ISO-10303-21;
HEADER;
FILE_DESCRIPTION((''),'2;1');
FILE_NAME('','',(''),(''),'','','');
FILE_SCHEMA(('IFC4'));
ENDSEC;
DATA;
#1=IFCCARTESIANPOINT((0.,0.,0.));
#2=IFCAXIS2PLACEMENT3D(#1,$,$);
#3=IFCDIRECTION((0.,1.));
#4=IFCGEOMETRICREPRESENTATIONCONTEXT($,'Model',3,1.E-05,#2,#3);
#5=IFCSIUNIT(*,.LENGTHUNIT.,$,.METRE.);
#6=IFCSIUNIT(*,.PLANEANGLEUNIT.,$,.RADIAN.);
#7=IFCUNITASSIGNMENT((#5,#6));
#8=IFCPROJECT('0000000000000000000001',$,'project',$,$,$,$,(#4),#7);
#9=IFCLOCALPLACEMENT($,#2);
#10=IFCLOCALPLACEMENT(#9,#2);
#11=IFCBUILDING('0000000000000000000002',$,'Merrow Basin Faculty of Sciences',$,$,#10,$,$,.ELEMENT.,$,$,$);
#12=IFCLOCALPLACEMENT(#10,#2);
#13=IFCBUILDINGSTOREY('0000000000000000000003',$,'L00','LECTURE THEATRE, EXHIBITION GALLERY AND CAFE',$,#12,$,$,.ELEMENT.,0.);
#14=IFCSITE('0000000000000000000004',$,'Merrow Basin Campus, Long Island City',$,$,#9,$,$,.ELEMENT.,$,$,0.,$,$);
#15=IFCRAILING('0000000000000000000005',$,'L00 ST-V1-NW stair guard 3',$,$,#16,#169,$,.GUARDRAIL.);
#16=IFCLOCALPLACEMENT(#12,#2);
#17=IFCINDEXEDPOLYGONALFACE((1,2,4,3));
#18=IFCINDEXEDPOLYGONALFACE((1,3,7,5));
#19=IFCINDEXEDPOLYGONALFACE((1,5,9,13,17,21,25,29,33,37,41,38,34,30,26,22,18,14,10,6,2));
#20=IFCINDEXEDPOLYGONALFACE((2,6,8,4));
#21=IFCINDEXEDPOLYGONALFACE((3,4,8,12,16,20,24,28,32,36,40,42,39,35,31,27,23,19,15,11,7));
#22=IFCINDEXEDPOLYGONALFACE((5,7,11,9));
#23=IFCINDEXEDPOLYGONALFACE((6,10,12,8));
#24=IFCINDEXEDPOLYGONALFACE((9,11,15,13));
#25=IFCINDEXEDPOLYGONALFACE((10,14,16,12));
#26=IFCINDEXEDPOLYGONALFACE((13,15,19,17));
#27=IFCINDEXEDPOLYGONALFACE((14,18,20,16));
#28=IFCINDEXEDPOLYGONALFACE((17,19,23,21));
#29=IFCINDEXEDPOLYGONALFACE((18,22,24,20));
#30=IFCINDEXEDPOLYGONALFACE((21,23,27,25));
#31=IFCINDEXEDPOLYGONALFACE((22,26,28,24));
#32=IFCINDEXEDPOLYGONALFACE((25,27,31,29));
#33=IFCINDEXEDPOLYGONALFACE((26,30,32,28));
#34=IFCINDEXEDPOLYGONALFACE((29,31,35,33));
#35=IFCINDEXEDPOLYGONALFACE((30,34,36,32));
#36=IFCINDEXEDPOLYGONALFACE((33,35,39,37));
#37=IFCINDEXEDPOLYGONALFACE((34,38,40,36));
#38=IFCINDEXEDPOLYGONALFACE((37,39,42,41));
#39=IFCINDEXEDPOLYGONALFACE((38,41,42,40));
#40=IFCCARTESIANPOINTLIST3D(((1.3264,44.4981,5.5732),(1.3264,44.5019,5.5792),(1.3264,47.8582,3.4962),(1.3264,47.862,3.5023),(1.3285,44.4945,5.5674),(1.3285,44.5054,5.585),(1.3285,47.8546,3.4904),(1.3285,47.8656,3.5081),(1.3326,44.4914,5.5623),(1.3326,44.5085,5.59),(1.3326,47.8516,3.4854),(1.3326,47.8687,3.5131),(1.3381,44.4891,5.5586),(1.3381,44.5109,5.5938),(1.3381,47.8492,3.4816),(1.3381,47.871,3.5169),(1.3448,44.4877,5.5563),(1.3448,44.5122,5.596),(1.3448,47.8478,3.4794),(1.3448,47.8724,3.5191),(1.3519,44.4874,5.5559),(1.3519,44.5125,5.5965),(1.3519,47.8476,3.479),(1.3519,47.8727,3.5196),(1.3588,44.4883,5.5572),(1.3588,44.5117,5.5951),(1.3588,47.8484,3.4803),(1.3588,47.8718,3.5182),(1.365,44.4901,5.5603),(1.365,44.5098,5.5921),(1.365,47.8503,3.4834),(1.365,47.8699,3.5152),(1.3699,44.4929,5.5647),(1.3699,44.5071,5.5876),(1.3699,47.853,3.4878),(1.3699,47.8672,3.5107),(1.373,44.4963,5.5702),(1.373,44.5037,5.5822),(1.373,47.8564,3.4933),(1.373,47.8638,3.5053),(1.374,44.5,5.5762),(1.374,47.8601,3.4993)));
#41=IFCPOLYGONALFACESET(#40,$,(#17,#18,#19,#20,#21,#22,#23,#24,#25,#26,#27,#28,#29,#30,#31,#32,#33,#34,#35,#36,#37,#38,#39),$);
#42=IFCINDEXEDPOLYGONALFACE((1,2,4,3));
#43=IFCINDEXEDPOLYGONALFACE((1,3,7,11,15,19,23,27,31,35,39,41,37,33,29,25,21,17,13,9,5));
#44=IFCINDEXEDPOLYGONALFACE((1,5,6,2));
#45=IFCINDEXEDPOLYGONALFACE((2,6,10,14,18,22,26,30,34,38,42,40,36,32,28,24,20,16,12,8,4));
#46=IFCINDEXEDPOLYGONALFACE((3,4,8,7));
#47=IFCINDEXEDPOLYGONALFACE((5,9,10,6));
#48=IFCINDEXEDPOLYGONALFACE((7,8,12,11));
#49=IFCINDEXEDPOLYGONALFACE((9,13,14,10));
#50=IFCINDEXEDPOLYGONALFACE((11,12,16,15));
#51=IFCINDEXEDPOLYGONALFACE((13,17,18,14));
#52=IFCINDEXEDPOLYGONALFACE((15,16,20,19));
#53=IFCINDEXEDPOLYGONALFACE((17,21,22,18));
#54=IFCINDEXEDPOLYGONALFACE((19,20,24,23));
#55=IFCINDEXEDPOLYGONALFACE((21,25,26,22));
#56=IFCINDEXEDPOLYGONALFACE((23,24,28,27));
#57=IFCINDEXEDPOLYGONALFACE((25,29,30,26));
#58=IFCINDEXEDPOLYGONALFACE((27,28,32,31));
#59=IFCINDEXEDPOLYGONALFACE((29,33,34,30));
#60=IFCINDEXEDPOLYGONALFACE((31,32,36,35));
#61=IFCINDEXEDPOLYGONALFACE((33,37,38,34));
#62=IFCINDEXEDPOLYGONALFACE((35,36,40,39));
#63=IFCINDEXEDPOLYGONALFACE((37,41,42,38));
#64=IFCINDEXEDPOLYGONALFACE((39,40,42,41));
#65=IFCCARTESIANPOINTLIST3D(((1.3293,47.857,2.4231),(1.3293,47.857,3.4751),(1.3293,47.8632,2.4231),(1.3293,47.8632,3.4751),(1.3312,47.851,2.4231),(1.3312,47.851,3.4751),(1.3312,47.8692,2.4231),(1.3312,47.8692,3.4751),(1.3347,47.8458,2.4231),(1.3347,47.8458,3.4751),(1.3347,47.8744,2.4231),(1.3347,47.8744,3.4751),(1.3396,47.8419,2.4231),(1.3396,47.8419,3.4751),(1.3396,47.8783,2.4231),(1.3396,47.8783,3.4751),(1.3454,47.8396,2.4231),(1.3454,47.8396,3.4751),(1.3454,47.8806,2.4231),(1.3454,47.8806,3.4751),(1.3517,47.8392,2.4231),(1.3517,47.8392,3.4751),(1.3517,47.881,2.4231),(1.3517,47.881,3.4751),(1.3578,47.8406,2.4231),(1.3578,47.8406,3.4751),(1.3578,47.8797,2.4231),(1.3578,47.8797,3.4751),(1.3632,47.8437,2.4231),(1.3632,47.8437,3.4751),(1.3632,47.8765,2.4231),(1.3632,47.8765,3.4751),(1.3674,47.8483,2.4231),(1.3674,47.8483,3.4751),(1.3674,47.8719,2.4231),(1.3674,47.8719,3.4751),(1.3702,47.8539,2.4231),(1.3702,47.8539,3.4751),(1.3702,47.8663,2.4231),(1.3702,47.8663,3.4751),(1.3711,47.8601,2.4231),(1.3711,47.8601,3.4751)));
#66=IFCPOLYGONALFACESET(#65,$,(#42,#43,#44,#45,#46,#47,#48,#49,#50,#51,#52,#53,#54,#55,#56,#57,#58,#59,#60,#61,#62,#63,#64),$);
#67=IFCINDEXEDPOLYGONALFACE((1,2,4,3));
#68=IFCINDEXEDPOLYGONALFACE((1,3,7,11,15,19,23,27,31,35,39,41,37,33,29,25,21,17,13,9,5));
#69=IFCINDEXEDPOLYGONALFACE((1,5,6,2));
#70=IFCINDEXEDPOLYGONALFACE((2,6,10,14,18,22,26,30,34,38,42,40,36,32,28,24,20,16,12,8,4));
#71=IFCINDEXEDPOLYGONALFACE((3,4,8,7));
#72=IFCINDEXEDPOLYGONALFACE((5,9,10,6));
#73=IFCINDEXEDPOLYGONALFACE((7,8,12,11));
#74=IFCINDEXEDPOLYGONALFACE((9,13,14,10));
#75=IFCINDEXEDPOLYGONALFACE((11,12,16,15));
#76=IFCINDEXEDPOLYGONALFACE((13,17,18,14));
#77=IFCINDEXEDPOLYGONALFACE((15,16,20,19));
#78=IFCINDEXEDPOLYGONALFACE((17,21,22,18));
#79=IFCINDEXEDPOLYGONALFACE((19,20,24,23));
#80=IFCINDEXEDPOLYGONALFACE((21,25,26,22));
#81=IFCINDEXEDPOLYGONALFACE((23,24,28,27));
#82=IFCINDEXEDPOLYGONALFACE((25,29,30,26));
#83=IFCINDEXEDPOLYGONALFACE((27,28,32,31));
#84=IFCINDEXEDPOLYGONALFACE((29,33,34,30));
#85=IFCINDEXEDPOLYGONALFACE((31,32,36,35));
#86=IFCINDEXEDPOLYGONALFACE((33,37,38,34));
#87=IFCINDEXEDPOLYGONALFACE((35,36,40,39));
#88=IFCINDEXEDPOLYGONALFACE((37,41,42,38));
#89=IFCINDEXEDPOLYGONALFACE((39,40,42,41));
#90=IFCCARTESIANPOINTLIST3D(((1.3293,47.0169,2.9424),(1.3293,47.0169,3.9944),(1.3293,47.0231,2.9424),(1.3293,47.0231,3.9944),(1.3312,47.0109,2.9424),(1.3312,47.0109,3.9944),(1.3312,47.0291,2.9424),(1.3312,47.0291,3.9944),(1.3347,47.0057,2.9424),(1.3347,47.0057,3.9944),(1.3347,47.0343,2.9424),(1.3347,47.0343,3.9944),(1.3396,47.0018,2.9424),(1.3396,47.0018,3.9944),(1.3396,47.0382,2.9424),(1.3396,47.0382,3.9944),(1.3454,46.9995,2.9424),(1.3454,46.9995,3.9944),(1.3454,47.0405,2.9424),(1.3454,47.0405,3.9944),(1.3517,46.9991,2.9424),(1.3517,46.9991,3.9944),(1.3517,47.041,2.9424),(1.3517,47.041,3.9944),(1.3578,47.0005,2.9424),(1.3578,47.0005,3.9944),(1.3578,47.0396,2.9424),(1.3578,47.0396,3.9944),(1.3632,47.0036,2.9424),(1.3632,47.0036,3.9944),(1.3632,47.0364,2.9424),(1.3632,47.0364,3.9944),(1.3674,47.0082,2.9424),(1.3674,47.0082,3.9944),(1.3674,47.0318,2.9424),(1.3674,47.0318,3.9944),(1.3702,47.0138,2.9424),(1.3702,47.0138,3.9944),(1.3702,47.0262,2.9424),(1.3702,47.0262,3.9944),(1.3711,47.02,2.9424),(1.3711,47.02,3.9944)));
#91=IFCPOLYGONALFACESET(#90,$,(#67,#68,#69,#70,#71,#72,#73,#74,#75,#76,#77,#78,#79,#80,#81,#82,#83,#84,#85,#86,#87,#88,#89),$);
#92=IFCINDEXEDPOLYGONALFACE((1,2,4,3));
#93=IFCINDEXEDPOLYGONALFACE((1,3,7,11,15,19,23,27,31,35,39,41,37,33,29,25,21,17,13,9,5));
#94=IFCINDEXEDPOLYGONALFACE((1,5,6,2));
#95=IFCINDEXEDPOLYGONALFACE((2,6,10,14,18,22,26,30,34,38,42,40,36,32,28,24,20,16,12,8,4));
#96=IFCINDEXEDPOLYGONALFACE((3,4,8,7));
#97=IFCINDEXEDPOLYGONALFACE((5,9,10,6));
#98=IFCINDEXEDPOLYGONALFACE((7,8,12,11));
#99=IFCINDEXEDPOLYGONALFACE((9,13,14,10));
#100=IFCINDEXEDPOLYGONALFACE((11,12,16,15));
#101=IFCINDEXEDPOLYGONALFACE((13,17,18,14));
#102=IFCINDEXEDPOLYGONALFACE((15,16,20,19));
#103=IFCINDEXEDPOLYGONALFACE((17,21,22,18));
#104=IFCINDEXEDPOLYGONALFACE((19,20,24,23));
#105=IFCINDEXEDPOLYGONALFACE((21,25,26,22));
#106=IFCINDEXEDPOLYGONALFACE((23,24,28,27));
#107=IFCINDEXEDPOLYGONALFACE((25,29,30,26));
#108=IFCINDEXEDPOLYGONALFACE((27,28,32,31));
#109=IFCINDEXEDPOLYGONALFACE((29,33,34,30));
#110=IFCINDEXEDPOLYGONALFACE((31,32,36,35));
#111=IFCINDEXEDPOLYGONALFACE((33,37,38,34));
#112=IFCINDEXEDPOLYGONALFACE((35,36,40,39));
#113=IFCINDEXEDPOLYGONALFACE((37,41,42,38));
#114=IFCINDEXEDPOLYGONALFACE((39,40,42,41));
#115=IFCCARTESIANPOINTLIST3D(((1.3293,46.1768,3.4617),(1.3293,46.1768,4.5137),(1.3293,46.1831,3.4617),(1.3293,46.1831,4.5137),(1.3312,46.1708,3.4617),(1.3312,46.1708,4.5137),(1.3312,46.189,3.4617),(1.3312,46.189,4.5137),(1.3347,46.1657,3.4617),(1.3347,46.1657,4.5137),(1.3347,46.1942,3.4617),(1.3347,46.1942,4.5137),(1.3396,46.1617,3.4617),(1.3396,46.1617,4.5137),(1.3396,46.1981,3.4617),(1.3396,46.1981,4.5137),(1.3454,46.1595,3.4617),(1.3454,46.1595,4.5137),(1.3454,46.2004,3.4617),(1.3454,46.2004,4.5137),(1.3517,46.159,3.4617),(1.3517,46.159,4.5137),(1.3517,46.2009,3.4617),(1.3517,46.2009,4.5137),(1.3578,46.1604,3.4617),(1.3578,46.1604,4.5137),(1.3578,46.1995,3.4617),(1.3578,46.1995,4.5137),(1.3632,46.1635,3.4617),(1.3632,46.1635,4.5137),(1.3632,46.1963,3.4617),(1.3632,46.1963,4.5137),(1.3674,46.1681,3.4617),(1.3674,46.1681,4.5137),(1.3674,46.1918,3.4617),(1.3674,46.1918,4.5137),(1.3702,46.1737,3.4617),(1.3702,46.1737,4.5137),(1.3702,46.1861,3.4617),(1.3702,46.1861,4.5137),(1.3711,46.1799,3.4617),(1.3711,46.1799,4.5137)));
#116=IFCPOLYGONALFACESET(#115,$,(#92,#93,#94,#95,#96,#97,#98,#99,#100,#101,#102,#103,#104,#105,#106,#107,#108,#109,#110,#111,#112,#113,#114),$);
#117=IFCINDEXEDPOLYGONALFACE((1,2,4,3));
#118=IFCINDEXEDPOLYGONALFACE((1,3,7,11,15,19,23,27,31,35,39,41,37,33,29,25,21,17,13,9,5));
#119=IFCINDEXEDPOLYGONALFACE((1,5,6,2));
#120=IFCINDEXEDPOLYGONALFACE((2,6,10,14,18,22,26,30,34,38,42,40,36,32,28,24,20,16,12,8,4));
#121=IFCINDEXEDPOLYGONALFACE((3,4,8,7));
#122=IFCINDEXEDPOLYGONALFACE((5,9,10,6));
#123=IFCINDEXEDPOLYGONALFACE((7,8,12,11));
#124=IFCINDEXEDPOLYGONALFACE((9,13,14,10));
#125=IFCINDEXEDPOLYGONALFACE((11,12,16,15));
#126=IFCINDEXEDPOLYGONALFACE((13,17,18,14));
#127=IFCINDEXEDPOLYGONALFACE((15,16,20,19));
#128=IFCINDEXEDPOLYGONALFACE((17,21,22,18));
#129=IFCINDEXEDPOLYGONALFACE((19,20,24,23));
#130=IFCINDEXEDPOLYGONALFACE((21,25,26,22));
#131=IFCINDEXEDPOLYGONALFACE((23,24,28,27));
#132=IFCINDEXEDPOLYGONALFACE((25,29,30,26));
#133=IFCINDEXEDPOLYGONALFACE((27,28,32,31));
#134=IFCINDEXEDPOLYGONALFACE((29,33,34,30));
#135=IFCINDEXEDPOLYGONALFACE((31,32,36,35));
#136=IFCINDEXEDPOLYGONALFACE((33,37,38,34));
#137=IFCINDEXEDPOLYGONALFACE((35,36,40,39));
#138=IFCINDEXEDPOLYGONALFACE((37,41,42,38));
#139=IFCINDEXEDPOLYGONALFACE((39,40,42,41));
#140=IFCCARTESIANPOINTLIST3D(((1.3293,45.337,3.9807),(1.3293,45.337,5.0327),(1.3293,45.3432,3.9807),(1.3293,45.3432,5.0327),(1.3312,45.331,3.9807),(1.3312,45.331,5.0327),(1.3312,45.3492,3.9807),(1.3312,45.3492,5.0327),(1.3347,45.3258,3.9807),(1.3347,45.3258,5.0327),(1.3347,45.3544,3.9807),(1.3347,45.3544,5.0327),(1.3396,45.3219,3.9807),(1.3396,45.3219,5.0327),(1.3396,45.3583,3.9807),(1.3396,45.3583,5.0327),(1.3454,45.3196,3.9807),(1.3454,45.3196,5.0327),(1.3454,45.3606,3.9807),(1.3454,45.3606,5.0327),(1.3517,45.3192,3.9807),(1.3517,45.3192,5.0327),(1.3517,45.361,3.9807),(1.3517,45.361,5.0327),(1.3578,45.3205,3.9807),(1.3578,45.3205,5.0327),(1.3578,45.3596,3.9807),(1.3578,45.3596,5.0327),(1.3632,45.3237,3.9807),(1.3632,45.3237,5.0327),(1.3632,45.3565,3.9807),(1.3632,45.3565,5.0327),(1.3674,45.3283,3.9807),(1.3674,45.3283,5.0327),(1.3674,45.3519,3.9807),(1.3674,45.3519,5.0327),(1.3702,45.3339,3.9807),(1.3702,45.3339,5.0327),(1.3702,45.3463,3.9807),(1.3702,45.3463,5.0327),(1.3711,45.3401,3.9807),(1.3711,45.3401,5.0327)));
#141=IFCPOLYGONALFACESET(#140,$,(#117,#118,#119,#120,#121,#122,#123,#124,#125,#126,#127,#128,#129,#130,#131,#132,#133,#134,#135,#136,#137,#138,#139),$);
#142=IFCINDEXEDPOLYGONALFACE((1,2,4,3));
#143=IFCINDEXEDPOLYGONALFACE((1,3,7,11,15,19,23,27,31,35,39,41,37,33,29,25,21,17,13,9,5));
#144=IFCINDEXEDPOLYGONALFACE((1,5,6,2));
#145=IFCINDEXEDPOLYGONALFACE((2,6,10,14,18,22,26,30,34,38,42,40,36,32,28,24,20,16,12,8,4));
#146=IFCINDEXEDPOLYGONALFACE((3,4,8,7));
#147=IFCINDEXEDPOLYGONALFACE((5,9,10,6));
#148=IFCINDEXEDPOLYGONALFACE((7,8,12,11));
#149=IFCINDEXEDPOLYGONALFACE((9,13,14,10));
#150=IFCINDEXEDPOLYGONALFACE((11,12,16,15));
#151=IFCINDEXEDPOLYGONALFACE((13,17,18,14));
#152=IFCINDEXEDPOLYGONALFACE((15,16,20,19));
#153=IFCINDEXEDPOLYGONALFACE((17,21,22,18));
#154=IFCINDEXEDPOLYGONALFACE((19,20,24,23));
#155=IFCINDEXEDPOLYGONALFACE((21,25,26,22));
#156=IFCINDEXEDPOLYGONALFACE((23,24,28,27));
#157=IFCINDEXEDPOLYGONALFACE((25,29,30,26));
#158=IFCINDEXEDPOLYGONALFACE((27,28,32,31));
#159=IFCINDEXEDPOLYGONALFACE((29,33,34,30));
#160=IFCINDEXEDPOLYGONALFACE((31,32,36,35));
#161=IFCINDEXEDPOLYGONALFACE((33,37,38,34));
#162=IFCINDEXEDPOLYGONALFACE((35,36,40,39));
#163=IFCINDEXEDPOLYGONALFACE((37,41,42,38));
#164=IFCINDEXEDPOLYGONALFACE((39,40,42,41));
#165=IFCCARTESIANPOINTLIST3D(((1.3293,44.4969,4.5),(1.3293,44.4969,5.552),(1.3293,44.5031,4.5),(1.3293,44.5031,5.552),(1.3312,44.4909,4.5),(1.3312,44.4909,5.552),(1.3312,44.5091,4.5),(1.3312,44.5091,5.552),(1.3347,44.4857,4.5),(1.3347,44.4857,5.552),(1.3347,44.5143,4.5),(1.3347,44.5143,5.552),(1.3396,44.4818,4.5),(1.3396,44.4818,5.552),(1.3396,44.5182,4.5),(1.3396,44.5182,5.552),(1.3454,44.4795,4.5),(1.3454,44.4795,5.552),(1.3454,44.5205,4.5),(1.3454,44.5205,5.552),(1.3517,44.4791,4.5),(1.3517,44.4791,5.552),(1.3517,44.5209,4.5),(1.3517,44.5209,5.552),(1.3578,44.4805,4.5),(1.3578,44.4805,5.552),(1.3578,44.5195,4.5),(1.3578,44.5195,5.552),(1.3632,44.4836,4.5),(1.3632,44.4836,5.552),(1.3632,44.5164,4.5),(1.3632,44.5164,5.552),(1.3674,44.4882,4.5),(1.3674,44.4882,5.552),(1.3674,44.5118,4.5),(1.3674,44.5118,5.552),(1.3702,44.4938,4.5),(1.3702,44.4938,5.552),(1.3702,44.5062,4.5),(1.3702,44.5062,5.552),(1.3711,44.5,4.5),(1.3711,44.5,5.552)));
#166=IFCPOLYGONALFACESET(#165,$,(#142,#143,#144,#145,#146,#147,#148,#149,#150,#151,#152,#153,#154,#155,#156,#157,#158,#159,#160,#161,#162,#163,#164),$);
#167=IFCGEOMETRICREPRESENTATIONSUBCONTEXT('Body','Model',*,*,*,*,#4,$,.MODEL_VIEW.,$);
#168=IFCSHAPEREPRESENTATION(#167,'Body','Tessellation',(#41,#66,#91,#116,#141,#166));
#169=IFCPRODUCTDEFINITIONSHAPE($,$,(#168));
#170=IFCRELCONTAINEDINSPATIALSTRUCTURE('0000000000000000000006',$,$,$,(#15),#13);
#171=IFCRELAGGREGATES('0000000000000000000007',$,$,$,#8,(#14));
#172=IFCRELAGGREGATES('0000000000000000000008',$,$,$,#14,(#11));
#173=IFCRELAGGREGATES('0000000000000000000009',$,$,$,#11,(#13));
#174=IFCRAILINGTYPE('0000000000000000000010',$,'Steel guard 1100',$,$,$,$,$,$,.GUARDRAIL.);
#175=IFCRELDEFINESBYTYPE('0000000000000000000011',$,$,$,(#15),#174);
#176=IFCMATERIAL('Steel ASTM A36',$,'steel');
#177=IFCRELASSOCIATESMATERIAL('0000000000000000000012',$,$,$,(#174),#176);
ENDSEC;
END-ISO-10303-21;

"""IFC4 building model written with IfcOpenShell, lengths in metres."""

from ifc_helpers import new_model, si_unit, direction, frame, origin, origin_2d, place, context, subcontext, project, spatial, circle, extrude, material, type_object, element, save


model = new_model("IFC4")

# Units and contexts
model_context = context("Model", 3, precision=1e-05, world=origin(), true_north=direction((0.0, 1.0)))
body_context = subcontext(model_context, "Body", "Model", "MODEL_VIEW")
ifc_project = project(units=[si_unit("LENGTHUNIT", "METRE"), si_unit("PLANEANGLEUNIT", "RADIAN")], contexts=[model_context])

# Site, building, storey
site_placement = place(None, origin())
site = spatial("IfcSite", under=ifc_project, at=site_placement, Name="Merrow Basin Campus, Long Island City", CompositionType="ELEMENT", RefElevation=0.0)
building_placement = place(site_placement, origin())
building = spatial("IfcBuilding", under=site, at=building_placement, Name="Merrow Basin Faculty of Sciences", CompositionType="ELEMENT")
storey_placement = place(building_placement, origin())
storey = spatial("IfcBuildingStorey", under=building, at=storey_placement, Name="L00", Description="LECTURE THEATRE, EXHIBITION GALLERY AND CAFE", CompositionType="ELEMENT", Elevation=0.0)

# Railing
ifc_material_1 = material(Name="Steel ASTM A36", Category="steel")
railing_type_1 = type_object("IfcRailingType", Name="Steel guard 1100", PredefinedType="GUARDRAIL", material=ifc_material_1)
railing_1_placement = place(storey_placement, frame((1.3501, 47.8601, 2.4231)))
element("IfcRailing", 1, at=railing_1_placement, inside=storey, type_object=railing_type_1, Name="L00 ST-V1-NW stair guard 3", PredefinedType="GUARDRAIL", context=body_context, shape_type="SweptSolid", body=[
    extrude(circle(Radius=0.0239, at=origin_2d()), frame((0.0, 0.0, 1.0762), z_axis=(0.0, -0.850623, 0.525776), x_axis=(1.0, 0.0, 0.0)), (0.0, 0.0, 1.0), 3.9502),
    extrude(circle(Radius=0.021, at=origin_2d()), origin(), (0.0, 0.0, 1.0), 1.052),
    extrude(circle(Radius=0.021, at=origin_2d()), frame((0.0, -0.8401, 0.5193)), (0.0, 0.0, 1.0), 1.052),
    extrude(circle(Radius=0.021, at=origin_2d()), frame((0.0, -1.6802, 1.0386)), (0.0, 0.0, 1.0), 1.052),
    extrude(circle(Radius=0.021, at=origin_2d()), frame((0.0, -2.52, 1.5576)), (0.0, 0.0, 1.0), 1.052),
    extrude(circle(Radius=0.021, at=origin_2d()), frame((0.0, -3.3601, 2.0769)), (0.0, 0.0, 1.0), 1.052),
])

save(model, "model.ifc")
